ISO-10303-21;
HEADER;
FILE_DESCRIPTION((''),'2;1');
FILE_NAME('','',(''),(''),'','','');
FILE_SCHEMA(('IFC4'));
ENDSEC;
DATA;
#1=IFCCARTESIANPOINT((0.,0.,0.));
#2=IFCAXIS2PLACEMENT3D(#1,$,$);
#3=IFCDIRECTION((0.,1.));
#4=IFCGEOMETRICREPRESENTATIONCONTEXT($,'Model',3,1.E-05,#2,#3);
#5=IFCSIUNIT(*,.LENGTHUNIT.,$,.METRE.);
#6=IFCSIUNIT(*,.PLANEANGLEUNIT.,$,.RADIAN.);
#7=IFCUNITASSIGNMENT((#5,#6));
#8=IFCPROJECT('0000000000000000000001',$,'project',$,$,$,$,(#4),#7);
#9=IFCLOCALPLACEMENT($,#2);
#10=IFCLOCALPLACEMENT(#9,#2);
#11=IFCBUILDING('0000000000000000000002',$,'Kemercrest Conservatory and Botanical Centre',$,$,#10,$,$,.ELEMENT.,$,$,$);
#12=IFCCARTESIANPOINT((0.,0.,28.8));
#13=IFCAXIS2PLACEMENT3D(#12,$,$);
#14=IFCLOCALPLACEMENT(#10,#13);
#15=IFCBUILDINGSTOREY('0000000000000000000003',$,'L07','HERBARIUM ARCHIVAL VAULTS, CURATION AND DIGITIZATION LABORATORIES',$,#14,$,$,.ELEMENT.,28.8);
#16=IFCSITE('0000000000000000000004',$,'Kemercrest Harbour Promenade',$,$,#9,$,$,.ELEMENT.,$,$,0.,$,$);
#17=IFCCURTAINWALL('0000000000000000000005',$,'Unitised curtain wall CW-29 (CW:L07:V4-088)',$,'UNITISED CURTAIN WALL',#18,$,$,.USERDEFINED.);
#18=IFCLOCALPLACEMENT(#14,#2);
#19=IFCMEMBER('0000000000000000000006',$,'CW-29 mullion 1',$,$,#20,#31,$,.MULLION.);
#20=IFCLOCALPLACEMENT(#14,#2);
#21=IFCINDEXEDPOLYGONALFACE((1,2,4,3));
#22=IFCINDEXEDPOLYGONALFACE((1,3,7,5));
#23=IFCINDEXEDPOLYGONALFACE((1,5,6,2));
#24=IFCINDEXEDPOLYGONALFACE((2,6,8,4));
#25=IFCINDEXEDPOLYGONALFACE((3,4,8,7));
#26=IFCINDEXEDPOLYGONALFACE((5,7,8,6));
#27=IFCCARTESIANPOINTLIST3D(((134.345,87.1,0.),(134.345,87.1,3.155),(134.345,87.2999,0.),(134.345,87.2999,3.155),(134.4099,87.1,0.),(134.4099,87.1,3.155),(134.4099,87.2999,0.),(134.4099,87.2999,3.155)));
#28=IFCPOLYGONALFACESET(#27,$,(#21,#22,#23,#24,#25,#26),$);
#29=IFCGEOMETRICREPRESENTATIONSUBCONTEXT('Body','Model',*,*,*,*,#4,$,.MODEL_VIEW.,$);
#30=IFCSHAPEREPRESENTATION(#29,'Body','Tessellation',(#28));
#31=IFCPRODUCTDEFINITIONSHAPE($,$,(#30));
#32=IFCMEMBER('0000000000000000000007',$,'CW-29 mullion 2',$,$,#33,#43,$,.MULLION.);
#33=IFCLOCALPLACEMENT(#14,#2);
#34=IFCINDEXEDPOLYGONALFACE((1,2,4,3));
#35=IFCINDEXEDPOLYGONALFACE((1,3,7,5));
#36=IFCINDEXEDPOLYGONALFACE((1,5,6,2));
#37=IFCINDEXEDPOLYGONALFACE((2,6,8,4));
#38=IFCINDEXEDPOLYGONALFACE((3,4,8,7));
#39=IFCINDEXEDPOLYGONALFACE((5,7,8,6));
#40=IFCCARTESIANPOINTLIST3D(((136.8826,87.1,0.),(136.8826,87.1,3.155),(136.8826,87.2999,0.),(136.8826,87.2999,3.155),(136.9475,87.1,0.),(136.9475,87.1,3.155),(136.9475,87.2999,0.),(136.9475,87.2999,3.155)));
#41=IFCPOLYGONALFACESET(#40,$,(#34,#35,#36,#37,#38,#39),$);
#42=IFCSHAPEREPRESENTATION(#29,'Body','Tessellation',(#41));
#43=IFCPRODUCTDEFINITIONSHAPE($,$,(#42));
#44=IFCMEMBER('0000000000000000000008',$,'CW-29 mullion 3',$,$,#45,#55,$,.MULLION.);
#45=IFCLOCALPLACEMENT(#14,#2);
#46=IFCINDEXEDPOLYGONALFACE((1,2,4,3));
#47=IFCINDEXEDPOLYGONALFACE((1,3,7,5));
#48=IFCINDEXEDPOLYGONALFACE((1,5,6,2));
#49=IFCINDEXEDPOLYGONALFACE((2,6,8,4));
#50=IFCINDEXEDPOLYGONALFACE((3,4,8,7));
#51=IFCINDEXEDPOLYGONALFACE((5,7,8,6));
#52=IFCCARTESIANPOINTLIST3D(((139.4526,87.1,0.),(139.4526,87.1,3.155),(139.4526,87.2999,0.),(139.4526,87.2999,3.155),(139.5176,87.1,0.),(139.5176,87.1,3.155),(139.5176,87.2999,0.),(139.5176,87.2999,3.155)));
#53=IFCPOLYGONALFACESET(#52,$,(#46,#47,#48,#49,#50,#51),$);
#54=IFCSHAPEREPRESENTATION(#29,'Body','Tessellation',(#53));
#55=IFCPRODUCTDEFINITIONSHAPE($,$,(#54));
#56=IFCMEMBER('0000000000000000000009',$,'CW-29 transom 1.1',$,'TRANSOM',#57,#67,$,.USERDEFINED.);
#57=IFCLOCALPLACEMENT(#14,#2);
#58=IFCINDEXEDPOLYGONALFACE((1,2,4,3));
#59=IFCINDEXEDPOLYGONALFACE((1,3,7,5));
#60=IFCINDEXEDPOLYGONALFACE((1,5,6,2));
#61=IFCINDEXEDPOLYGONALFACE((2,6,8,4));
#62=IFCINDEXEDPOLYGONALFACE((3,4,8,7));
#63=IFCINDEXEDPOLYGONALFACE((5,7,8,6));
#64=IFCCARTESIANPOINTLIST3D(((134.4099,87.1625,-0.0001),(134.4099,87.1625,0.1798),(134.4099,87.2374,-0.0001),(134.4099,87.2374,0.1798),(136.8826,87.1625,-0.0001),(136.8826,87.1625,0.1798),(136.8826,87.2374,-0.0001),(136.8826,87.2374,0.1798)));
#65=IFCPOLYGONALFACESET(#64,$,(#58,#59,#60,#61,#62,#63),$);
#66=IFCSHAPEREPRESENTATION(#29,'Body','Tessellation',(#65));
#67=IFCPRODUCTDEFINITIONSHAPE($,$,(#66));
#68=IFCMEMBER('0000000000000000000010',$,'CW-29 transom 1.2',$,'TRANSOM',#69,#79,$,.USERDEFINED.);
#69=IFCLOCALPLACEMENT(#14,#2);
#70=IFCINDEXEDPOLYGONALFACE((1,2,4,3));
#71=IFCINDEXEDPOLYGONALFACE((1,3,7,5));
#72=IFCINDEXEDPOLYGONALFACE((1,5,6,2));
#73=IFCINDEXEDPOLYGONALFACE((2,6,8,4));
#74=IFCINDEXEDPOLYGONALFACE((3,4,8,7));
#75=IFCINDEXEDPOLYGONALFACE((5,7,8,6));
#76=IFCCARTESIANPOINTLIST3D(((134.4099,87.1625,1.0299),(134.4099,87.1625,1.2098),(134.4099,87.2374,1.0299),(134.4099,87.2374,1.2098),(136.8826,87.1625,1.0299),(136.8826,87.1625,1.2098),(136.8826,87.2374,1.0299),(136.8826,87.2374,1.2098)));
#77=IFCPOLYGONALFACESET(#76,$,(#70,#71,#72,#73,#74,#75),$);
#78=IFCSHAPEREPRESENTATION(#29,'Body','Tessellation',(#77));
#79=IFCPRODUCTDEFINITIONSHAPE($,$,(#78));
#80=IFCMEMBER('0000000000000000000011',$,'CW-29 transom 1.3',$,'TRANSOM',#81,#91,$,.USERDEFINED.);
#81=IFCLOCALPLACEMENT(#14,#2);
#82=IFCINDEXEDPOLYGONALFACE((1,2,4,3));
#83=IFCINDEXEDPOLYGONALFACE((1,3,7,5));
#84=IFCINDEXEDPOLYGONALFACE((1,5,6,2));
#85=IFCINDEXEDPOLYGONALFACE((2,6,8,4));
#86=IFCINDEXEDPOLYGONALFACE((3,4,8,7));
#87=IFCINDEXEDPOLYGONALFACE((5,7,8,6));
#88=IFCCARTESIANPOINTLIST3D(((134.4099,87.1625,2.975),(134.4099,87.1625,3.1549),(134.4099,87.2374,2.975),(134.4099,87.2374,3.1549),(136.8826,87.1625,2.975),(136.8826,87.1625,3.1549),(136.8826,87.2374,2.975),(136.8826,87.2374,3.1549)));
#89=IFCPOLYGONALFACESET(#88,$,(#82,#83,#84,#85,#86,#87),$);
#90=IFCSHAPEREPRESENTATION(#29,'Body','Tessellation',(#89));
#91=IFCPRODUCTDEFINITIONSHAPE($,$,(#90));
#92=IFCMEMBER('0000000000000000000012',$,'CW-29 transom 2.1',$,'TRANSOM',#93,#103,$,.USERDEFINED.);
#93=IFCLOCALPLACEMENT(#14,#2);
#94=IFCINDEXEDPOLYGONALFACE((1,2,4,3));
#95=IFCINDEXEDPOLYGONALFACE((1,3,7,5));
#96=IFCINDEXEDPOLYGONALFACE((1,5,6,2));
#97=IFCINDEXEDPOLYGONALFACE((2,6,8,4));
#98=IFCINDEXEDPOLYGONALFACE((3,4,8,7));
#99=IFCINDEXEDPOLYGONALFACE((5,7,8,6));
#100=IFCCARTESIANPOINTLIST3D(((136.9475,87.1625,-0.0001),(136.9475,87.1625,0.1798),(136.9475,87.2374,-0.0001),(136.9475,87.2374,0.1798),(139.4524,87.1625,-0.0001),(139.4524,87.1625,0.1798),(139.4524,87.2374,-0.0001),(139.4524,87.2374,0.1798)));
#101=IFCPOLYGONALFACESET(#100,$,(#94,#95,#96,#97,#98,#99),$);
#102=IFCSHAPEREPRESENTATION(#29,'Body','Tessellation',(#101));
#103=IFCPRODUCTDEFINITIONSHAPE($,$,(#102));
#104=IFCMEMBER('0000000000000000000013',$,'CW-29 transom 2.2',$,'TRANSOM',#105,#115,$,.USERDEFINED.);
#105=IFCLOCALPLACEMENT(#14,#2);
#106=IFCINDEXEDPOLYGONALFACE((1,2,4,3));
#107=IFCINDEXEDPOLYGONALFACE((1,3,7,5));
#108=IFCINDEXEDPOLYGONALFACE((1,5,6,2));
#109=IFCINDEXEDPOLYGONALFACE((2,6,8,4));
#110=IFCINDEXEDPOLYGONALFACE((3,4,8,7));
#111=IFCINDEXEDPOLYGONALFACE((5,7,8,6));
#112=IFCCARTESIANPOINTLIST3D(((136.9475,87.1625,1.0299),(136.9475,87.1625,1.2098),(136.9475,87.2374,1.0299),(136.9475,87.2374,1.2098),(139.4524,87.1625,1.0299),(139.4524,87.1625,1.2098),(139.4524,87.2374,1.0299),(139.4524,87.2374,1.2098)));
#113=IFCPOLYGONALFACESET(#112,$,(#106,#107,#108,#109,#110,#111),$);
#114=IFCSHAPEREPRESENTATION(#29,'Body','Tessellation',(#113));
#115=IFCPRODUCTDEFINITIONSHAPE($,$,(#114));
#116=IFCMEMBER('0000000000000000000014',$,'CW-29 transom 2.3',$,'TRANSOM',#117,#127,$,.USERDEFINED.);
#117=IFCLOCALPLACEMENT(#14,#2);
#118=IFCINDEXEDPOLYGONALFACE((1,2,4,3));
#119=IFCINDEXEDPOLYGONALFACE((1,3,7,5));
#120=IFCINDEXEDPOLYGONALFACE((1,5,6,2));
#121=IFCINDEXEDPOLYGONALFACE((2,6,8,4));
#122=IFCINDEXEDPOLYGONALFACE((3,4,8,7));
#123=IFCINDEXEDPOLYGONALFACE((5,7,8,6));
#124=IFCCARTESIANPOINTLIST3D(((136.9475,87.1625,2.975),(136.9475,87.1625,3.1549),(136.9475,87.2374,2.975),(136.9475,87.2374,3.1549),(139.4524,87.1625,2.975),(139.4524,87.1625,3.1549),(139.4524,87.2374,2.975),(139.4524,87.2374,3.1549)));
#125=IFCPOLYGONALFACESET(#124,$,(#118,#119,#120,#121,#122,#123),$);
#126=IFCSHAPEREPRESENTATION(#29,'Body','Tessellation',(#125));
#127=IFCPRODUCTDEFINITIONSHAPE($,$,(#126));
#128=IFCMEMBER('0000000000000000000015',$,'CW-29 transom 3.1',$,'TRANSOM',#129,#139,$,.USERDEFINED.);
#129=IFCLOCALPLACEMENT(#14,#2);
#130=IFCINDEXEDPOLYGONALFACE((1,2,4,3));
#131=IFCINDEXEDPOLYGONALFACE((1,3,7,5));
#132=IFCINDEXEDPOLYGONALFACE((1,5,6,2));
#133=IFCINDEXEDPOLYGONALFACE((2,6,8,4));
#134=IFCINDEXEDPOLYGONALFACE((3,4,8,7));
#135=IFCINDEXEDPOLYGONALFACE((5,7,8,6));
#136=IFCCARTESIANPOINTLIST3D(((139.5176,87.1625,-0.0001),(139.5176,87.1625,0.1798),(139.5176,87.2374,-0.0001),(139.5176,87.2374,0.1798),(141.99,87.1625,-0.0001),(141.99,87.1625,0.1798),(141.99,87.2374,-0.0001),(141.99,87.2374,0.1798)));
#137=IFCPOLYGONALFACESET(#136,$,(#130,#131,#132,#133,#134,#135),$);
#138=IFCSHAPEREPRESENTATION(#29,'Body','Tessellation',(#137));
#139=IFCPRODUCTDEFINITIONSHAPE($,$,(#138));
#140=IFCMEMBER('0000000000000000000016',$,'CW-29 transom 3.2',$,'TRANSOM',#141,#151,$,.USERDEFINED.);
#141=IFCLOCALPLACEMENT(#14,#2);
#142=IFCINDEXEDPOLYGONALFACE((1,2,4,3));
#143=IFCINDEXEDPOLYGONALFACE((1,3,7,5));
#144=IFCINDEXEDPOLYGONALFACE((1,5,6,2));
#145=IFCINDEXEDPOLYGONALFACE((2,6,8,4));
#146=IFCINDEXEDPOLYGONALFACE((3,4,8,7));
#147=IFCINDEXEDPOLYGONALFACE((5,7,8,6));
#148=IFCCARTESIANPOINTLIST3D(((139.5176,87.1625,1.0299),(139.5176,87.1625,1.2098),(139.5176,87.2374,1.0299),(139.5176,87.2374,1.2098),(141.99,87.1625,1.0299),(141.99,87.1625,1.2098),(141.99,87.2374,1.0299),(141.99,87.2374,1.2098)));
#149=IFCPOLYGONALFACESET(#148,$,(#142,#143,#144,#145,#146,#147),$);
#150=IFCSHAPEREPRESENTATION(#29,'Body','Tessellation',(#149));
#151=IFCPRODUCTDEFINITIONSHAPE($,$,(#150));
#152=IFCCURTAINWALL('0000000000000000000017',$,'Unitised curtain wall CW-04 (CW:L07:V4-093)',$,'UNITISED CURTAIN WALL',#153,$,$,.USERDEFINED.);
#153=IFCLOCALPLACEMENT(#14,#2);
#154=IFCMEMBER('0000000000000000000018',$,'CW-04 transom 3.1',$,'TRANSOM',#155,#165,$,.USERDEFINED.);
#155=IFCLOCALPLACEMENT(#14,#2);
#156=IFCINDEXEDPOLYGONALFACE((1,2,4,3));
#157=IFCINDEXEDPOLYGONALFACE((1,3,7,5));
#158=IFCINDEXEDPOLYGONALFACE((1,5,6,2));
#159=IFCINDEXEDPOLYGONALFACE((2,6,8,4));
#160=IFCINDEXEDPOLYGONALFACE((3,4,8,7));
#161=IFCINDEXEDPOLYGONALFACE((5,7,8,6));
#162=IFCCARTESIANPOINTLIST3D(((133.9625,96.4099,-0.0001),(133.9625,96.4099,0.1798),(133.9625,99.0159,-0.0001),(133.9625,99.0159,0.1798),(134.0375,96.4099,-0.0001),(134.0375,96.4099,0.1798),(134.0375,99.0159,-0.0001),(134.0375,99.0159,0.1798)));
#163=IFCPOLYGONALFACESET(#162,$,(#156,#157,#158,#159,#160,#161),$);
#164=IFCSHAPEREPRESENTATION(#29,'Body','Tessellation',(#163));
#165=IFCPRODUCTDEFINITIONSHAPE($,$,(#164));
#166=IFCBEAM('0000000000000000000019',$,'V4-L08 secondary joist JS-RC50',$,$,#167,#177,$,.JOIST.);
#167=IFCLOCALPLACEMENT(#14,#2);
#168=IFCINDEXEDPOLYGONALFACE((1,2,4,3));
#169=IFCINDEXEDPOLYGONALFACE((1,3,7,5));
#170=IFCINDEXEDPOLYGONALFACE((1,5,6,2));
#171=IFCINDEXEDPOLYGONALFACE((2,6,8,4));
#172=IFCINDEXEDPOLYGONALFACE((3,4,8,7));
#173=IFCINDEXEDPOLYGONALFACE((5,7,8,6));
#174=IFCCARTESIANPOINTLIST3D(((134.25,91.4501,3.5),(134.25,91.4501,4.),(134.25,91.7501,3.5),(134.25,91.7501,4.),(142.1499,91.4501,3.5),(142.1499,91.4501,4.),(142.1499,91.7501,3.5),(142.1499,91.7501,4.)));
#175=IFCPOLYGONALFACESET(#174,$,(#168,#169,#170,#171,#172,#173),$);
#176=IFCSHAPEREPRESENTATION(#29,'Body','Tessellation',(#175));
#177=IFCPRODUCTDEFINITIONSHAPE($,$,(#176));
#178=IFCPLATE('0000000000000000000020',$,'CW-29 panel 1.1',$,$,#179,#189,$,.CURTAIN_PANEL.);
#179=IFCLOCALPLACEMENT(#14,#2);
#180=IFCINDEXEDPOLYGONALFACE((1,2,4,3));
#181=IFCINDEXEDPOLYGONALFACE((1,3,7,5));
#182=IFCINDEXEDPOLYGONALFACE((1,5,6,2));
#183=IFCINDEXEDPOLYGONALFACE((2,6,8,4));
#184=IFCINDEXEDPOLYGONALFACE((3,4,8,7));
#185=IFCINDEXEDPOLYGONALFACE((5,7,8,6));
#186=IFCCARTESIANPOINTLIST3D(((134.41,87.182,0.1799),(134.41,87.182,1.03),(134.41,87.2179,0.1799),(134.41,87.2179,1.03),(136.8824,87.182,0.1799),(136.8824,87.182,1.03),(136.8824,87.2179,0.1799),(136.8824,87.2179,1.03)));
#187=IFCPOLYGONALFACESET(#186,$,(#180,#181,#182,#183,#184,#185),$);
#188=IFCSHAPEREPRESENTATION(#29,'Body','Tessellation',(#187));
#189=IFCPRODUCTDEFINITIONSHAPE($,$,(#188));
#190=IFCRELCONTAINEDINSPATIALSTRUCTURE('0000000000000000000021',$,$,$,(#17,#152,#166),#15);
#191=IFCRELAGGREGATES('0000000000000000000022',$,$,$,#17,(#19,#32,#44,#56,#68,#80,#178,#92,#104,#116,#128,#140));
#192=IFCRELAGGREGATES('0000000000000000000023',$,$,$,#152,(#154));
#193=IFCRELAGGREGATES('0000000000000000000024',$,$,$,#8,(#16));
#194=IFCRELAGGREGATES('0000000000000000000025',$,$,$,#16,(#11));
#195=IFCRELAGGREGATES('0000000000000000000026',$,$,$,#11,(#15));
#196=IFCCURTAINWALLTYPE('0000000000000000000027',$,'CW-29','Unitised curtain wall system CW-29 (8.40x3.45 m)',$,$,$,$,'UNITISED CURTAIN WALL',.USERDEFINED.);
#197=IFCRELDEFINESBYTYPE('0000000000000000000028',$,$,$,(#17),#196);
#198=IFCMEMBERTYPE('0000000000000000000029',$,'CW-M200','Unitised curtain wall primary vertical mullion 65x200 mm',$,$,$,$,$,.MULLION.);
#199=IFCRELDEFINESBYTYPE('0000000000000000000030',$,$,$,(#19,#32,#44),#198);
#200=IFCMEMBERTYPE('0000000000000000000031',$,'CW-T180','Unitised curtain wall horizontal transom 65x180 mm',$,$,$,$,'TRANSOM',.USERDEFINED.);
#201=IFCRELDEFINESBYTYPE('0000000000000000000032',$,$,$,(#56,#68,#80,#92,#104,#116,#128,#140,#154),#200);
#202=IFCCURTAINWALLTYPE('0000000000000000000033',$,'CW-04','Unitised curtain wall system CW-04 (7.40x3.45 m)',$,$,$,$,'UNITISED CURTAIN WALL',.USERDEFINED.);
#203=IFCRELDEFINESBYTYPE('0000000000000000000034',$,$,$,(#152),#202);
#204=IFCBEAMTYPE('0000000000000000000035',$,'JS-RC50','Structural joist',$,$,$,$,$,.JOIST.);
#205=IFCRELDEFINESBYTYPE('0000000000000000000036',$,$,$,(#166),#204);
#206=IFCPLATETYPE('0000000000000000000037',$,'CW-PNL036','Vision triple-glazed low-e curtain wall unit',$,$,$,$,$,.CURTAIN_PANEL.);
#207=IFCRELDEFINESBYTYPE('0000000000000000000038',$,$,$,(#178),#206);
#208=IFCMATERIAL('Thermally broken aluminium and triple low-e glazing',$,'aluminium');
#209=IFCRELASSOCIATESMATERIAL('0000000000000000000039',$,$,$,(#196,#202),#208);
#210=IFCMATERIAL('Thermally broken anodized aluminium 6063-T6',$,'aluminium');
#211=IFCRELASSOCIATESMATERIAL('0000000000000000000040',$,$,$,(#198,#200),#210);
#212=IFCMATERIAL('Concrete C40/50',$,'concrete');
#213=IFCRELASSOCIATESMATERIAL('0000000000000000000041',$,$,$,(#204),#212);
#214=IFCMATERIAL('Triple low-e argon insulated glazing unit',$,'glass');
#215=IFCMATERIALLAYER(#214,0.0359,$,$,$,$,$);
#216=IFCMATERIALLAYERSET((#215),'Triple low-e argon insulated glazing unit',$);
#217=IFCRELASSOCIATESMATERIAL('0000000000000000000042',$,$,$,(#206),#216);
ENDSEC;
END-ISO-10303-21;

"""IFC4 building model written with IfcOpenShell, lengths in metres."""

from ifc_helpers import new_model, si_unit, direction, frame, origin, origin_2d, place, context, subcontext, project, spatial, rectangle, extrude, material, layer, layer_set, material_profile, profile_set, type_object, element, aggregate, save


model = new_model("IFC4")

# Units and contexts
model_context = context("Model", 3, precision=1e-05, world=origin(), true_north=direction((0.0, 1.0)))
body_context = subcontext(model_context, "Body", "Model", "MODEL_VIEW")
ifc_project = project(units=[si_unit("LENGTHUNIT", "METRE"), si_unit("PLANEANGLEUNIT", "RADIAN")], contexts=[model_context])

# Site, building, storey
site_placement = place(None, origin())
site = spatial("IfcSite", under=ifc_project, at=site_placement, Name="Kemercrest Harbour Promenade", CompositionType="ELEMENT", RefElevation=0.0)
building_placement = place(site_placement, origin())
building = spatial("IfcBuilding", under=site, at=building_placement, Name="Kemercrest Conservatory and Botanical Centre", CompositionType="ELEMENT")
storey_placement = place(building_placement, frame((0.0, 0.0, 28.8)))
storey = spatial("IfcBuildingStorey", under=building, at=storey_placement, Name="L07", Description="HERBARIUM ARCHIVAL VAULTS, CURATION AND DIGITIZATION LABORATORIES", CompositionType="ELEMENT", Elevation=28.8)

# Curtain wall, members
ifc_material_1 = material(Name="Thermally broken aluminium and triple low-e glazing", Category="aluminium")
curtain_wall_type_1 = type_object("IfcCurtainWallType", Name="CW-29", Description="Unitised curtain wall system CW-29 (8.40x3.45 m)", ElementType="UNITISED CURTAIN WALL", PredefinedType="USERDEFINED", material=ifc_material_1)
curtain_wall_1_placement = place(storey_placement, origin())
curtain_wall_1 = element("IfcCurtainWall", 1, at=curtain_wall_1_placement, inside=storey, type_object=curtain_wall_type_1, Name="Unitised curtain wall CW-29 (CW:L07:V4-088)", ObjectType="UNITISED CURTAIN WALL", PredefinedType="USERDEFINED")
ifc_material_2 = material(Name="Thermally broken anodized aluminium 6063-T6", Category="aluminium")
ifc_material_profile_1 = material_profile(ifc_material_2, rectangle(XDim=0.2, YDim=0.0649, at=origin_2d()), Name="AL MULLION 65x200")
ifc_profile_set_1 = profile_set([ifc_material_profile_1], Name="Thermally broken anodized aluminium 6063-T6")
member_type_1 = type_object("IfcMemberType", Name="CW-M200", Description="Unitised curtain wall primary vertical mullion 65x200 mm", PredefinedType="MULLION", material=ifc_profile_set_1)
member_1_placement = place(storey_placement, frame((134.3774, 87.2, 0.0), z_axis=(0.0, 0.0, 1.0), x_axis=(0.0, 1.0, 0.0)))
member_1 = element("IfcMember", 2, at=member_1_placement, type_object=member_type_1, Name="CW-29 mullion 1", PredefinedType="MULLION", context=body_context, shape_type="SweptSolid", body=[
    extrude(rectangle(XDim=0.2, YDim=0.0649, at=origin_2d()), origin(), (0.0, 0.0, 1.0), 3.155),
])
member_2_placement = place(storey_placement, frame((136.915, 87.2, 0.0), z_axis=(0.0, 0.0, 1.0), x_axis=(0.0, 1.0, 0.0)))
member_2 = element("IfcMember", 3, at=member_2_placement, type_object=member_type_1, Name="CW-29 mullion 2", PredefinedType="MULLION", context=body_context, shape_type="SweptSolid", body=[
    extrude(rectangle(XDim=0.2, YDim=0.0649, at=origin_2d()), origin(), (0.0, 0.0, 1.0), 3.155),
])
member_3_placement = place(storey_placement, frame((139.4851, 87.2, 0.0), z_axis=(0.0, 0.0, 1.0), x_axis=(0.0, 1.0, 0.0)))
member_3 = element("IfcMember", 4, at=member_3_placement, type_object=member_type_1, Name="CW-29 mullion 3", PredefinedType="MULLION", context=body_context, shape_type="SweptSolid", body=[
    extrude(rectangle(XDim=0.2, YDim=0.0649, at=origin_2d()), origin(), (0.0, 0.0, 1.0), 3.155),
])
ifc_material_profile_2 = material_profile(ifc_material_2, rectangle(XDim=0.075, YDim=0.1799, at=origin_2d()), Name="AL TRANSOM 75x180")
ifc_profile_set_2 = profile_set([ifc_material_profile_2], Name="Thermally broken anodized aluminium 6063-T6")
member_type_2 = type_object("IfcMemberType", Name="CW-T180", Description="Unitised curtain wall horizontal transom 65x180 mm", ElementType="TRANSOM", PredefinedType="USERDEFINED", material=ifc_profile_set_2)
member_4_placement = place(storey_placement, frame((134.4099, 87.2, 0.0898), z_axis=(1.0, 0.0, 0.0), x_axis=(0.0, 1.0, 0.0)))
member_4 = element("IfcMember", 5, at=member_4_placement, type_object=member_type_2, Name="CW-29 transom 1.1", ObjectType="TRANSOM", PredefinedType="USERDEFINED", context=body_context, shape_type="SweptSolid", body=[
    extrude(rectangle(XDim=0.075, YDim=0.1799, at=origin_2d()), origin(), (0.0, 0.0, 1.0), 2.4727),
])
member_5_placement = place(storey_placement, frame((134.4099, 87.2, 1.1199), z_axis=(1.0, 0.0, 0.0), x_axis=(0.0, 1.0, 0.0)))
member_5 = element("IfcMember", 6, at=member_5_placement, type_object=member_type_2, Name="CW-29 transom 1.2", ObjectType="TRANSOM", PredefinedType="USERDEFINED", context=body_context, shape_type="SweptSolid", body=[
    extrude(rectangle(XDim=0.075, YDim=0.1799, at=origin_2d()), origin(), (0.0, 0.0, 1.0), 2.4727),
])
member_6_placement = place(storey_placement, frame((134.4099, 87.2, 3.0649), z_axis=(1.0, 0.0, 0.0), x_axis=(0.0, 1.0, 0.0)))
member_6 = element("IfcMember", 7, at=member_6_placement, type_object=member_type_2, Name="CW-29 transom 1.3", ObjectType="TRANSOM", PredefinedType="USERDEFINED", context=body_context, shape_type="SweptSolid", body=[
    extrude(rectangle(XDim=0.075, YDim=0.1799, at=origin_2d()), origin(), (0.0, 0.0, 1.0), 2.4727),
])
member_7_placement = place(storey_placement, frame((136.9475, 87.2, 0.0898), z_axis=(1.0, 0.0, 0.0), x_axis=(0.0, 1.0, 0.0)))
member_7 = element("IfcMember", 8, at=member_7_placement, type_object=member_type_2, Name="CW-29 transom 2.1", ObjectType="TRANSOM", PredefinedType="USERDEFINED", context=body_context, shape_type="SweptSolid", body=[
    extrude(rectangle(XDim=0.075, YDim=0.1799, at=origin_2d()), origin(), (0.0, 0.0, 1.0), 2.5049),
])
member_8_placement = place(storey_placement, frame((136.9475, 87.2, 1.1199), z_axis=(1.0, 0.0, 0.0), x_axis=(0.0, 1.0, 0.0)))
member_8 = element("IfcMember", 9, at=member_8_placement, type_object=member_type_2, Name="CW-29 transom 2.2", ObjectType="TRANSOM", PredefinedType="USERDEFINED", context=body_context, shape_type="SweptSolid", body=[
    extrude(rectangle(XDim=0.075, YDim=0.1799, at=origin_2d()), origin(), (0.0, 0.0, 1.0), 2.5049),
])
member_9_placement = place(storey_placement, frame((136.9475, 87.2, 3.0649), z_axis=(1.0, 0.0, 0.0), x_axis=(0.0, 1.0, 0.0)))
member_9 = element("IfcMember", 10, at=member_9_placement, type_object=member_type_2, Name="CW-29 transom 2.3", ObjectType="TRANSOM", PredefinedType="USERDEFINED", context=body_context, shape_type="SweptSolid", body=[
    extrude(rectangle(XDim=0.075, YDim=0.1799, at=origin_2d()), origin(), (0.0, 0.0, 1.0), 2.5049),
])
member_10_placement = place(storey_placement, frame((139.5176, 87.2, 0.0898), z_axis=(1.0, 0.0, 0.0), x_axis=(0.0, 1.0, 0.0)))
member_10 = element("IfcMember", 11, at=member_10_placement, type_object=member_type_2, Name="CW-29 transom 3.1", ObjectType="TRANSOM", PredefinedType="USERDEFINED", context=body_context, shape_type="SweptSolid", body=[
    extrude(rectangle(XDim=0.075, YDim=0.1799, at=origin_2d()), origin(), (0.0, 0.0, 1.0), 2.4724),
])
member_11_placement = place(storey_placement, frame((139.5176, 87.2, 1.1199), z_axis=(1.0, 0.0, 0.0), x_axis=(0.0, 1.0, 0.0)))
member_11 = element("IfcMember", 12, at=member_11_placement, type_object=member_type_2, Name="CW-29 transom 3.2", ObjectType="TRANSOM", PredefinedType="USERDEFINED", context=body_context, shape_type="SweptSolid", body=[
    extrude(rectangle(XDim=0.075, YDim=0.1799, at=origin_2d()), origin(), (0.0, 0.0, 1.0), 2.4724),
])

# Curtain wall, member
curtain_wall_type_2 = type_object("IfcCurtainWallType", Name="CW-04", Description="Unitised curtain wall system CW-04 (7.40x3.45 m)", ElementType="UNITISED CURTAIN WALL", PredefinedType="USERDEFINED", material=ifc_material_1)
curtain_wall_2_placement = place(storey_placement, origin())
curtain_wall_2 = element("IfcCurtainWall", 13, at=curtain_wall_2_placement, inside=storey, type_object=curtain_wall_type_2, Name="Unitised curtain wall CW-04 (CW:L07:V4-093)", ObjectType="UNITISED CURTAIN WALL", PredefinedType="USERDEFINED")
member_12_placement = place(storey_placement, frame((134.0, 99.0159, 0.0898), z_axis=(0.0, -1.0, 0.0), x_axis=(1.0, 0.0, 0.0)))
member_12 = element("IfcMember", 14, at=member_12_placement, type_object=member_type_2, Name="CW-04 transom 3.1", ObjectType="TRANSOM", PredefinedType="USERDEFINED", context=body_context, shape_type="SweptSolid", body=[
    extrude(rectangle(XDim=0.075, YDim=0.1799, at=origin_2d()), origin(), (0.0, 0.0, 1.0), 2.606),
])

# Beam
ifc_material_3 = material(Name="Concrete C40/50", Category="concrete")
ifc_material_profile_3 = material_profile(ifc_material_3, rectangle(XDim=0.3, YDim=0.5, at=origin_2d()), Name="RC 300x500")
ifc_profile_set_3 = profile_set([ifc_material_profile_3], Name="Concrete C40/50")
beam_type = type_object("IfcBeamType", Name="JS-RC50", Description="Structural joist", PredefinedType="JOIST", material=ifc_profile_set_3)
beam_placement = place(storey_placement, frame((134.25, 91.6001, 3.75), z_axis=(1.0, 0.0, 0.0), x_axis=(0.0, 1.0, 0.0)))
element("IfcBeam", 15, at=beam_placement, inside=storey, type_object=beam_type, Name="V4-L08 secondary joist JS-RC50", PredefinedType="JOIST", context=body_context, shape_type="SweptSolid", body=[
    extrude(rectangle(XDim=0.3, YDim=0.5, at=origin_2d()), origin(), (0.0, 0.0, 1.0), 7.8999),
])

# Plate
ifc_material_4 = material(Name="Triple low-e argon insulated glazing unit", Category="glass")
ifc_layer_1 = layer(ifc_material_4, 0.0359)
ifc_layer_set_1 = layer_set([ifc_layer_1], Name="Triple low-e argon insulated glazing unit")
plate_type = type_object("IfcPlateType", Name="CW-PNL036", Description="Vision triple-glazed low-e curtain wall unit", PredefinedType="CURTAIN_PANEL", material=ifc_layer_set_1)
plate_1_placement = place(storey_placement, frame((135.6462, 87.2, 0.1799), z_axis=(0.0, 0.0, 1.0), x_axis=(1.0, 0.0, 0.0)))
plate_1 = element("IfcPlate", 16, at=plate_1_placement, type_object=plate_type, Name="CW-29 panel 1.1", PredefinedType="CURTAIN_PANEL", context=body_context, shape_type="SweptSolid", body=[
    extrude(rectangle(XDim=2.4724, YDim=0.0359, at=origin_2d()), origin(), (0.0, 0.0, 1.0), 0.8501),
])
aggregate(curtain_wall_1, [member_1, member_2, member_3, member_4, member_5, member_6, plate_1, member_7, member_8, member_9, member_10, member_11])
aggregate(curtain_wall_2, [member_12])

save(model, "model.ifc")
